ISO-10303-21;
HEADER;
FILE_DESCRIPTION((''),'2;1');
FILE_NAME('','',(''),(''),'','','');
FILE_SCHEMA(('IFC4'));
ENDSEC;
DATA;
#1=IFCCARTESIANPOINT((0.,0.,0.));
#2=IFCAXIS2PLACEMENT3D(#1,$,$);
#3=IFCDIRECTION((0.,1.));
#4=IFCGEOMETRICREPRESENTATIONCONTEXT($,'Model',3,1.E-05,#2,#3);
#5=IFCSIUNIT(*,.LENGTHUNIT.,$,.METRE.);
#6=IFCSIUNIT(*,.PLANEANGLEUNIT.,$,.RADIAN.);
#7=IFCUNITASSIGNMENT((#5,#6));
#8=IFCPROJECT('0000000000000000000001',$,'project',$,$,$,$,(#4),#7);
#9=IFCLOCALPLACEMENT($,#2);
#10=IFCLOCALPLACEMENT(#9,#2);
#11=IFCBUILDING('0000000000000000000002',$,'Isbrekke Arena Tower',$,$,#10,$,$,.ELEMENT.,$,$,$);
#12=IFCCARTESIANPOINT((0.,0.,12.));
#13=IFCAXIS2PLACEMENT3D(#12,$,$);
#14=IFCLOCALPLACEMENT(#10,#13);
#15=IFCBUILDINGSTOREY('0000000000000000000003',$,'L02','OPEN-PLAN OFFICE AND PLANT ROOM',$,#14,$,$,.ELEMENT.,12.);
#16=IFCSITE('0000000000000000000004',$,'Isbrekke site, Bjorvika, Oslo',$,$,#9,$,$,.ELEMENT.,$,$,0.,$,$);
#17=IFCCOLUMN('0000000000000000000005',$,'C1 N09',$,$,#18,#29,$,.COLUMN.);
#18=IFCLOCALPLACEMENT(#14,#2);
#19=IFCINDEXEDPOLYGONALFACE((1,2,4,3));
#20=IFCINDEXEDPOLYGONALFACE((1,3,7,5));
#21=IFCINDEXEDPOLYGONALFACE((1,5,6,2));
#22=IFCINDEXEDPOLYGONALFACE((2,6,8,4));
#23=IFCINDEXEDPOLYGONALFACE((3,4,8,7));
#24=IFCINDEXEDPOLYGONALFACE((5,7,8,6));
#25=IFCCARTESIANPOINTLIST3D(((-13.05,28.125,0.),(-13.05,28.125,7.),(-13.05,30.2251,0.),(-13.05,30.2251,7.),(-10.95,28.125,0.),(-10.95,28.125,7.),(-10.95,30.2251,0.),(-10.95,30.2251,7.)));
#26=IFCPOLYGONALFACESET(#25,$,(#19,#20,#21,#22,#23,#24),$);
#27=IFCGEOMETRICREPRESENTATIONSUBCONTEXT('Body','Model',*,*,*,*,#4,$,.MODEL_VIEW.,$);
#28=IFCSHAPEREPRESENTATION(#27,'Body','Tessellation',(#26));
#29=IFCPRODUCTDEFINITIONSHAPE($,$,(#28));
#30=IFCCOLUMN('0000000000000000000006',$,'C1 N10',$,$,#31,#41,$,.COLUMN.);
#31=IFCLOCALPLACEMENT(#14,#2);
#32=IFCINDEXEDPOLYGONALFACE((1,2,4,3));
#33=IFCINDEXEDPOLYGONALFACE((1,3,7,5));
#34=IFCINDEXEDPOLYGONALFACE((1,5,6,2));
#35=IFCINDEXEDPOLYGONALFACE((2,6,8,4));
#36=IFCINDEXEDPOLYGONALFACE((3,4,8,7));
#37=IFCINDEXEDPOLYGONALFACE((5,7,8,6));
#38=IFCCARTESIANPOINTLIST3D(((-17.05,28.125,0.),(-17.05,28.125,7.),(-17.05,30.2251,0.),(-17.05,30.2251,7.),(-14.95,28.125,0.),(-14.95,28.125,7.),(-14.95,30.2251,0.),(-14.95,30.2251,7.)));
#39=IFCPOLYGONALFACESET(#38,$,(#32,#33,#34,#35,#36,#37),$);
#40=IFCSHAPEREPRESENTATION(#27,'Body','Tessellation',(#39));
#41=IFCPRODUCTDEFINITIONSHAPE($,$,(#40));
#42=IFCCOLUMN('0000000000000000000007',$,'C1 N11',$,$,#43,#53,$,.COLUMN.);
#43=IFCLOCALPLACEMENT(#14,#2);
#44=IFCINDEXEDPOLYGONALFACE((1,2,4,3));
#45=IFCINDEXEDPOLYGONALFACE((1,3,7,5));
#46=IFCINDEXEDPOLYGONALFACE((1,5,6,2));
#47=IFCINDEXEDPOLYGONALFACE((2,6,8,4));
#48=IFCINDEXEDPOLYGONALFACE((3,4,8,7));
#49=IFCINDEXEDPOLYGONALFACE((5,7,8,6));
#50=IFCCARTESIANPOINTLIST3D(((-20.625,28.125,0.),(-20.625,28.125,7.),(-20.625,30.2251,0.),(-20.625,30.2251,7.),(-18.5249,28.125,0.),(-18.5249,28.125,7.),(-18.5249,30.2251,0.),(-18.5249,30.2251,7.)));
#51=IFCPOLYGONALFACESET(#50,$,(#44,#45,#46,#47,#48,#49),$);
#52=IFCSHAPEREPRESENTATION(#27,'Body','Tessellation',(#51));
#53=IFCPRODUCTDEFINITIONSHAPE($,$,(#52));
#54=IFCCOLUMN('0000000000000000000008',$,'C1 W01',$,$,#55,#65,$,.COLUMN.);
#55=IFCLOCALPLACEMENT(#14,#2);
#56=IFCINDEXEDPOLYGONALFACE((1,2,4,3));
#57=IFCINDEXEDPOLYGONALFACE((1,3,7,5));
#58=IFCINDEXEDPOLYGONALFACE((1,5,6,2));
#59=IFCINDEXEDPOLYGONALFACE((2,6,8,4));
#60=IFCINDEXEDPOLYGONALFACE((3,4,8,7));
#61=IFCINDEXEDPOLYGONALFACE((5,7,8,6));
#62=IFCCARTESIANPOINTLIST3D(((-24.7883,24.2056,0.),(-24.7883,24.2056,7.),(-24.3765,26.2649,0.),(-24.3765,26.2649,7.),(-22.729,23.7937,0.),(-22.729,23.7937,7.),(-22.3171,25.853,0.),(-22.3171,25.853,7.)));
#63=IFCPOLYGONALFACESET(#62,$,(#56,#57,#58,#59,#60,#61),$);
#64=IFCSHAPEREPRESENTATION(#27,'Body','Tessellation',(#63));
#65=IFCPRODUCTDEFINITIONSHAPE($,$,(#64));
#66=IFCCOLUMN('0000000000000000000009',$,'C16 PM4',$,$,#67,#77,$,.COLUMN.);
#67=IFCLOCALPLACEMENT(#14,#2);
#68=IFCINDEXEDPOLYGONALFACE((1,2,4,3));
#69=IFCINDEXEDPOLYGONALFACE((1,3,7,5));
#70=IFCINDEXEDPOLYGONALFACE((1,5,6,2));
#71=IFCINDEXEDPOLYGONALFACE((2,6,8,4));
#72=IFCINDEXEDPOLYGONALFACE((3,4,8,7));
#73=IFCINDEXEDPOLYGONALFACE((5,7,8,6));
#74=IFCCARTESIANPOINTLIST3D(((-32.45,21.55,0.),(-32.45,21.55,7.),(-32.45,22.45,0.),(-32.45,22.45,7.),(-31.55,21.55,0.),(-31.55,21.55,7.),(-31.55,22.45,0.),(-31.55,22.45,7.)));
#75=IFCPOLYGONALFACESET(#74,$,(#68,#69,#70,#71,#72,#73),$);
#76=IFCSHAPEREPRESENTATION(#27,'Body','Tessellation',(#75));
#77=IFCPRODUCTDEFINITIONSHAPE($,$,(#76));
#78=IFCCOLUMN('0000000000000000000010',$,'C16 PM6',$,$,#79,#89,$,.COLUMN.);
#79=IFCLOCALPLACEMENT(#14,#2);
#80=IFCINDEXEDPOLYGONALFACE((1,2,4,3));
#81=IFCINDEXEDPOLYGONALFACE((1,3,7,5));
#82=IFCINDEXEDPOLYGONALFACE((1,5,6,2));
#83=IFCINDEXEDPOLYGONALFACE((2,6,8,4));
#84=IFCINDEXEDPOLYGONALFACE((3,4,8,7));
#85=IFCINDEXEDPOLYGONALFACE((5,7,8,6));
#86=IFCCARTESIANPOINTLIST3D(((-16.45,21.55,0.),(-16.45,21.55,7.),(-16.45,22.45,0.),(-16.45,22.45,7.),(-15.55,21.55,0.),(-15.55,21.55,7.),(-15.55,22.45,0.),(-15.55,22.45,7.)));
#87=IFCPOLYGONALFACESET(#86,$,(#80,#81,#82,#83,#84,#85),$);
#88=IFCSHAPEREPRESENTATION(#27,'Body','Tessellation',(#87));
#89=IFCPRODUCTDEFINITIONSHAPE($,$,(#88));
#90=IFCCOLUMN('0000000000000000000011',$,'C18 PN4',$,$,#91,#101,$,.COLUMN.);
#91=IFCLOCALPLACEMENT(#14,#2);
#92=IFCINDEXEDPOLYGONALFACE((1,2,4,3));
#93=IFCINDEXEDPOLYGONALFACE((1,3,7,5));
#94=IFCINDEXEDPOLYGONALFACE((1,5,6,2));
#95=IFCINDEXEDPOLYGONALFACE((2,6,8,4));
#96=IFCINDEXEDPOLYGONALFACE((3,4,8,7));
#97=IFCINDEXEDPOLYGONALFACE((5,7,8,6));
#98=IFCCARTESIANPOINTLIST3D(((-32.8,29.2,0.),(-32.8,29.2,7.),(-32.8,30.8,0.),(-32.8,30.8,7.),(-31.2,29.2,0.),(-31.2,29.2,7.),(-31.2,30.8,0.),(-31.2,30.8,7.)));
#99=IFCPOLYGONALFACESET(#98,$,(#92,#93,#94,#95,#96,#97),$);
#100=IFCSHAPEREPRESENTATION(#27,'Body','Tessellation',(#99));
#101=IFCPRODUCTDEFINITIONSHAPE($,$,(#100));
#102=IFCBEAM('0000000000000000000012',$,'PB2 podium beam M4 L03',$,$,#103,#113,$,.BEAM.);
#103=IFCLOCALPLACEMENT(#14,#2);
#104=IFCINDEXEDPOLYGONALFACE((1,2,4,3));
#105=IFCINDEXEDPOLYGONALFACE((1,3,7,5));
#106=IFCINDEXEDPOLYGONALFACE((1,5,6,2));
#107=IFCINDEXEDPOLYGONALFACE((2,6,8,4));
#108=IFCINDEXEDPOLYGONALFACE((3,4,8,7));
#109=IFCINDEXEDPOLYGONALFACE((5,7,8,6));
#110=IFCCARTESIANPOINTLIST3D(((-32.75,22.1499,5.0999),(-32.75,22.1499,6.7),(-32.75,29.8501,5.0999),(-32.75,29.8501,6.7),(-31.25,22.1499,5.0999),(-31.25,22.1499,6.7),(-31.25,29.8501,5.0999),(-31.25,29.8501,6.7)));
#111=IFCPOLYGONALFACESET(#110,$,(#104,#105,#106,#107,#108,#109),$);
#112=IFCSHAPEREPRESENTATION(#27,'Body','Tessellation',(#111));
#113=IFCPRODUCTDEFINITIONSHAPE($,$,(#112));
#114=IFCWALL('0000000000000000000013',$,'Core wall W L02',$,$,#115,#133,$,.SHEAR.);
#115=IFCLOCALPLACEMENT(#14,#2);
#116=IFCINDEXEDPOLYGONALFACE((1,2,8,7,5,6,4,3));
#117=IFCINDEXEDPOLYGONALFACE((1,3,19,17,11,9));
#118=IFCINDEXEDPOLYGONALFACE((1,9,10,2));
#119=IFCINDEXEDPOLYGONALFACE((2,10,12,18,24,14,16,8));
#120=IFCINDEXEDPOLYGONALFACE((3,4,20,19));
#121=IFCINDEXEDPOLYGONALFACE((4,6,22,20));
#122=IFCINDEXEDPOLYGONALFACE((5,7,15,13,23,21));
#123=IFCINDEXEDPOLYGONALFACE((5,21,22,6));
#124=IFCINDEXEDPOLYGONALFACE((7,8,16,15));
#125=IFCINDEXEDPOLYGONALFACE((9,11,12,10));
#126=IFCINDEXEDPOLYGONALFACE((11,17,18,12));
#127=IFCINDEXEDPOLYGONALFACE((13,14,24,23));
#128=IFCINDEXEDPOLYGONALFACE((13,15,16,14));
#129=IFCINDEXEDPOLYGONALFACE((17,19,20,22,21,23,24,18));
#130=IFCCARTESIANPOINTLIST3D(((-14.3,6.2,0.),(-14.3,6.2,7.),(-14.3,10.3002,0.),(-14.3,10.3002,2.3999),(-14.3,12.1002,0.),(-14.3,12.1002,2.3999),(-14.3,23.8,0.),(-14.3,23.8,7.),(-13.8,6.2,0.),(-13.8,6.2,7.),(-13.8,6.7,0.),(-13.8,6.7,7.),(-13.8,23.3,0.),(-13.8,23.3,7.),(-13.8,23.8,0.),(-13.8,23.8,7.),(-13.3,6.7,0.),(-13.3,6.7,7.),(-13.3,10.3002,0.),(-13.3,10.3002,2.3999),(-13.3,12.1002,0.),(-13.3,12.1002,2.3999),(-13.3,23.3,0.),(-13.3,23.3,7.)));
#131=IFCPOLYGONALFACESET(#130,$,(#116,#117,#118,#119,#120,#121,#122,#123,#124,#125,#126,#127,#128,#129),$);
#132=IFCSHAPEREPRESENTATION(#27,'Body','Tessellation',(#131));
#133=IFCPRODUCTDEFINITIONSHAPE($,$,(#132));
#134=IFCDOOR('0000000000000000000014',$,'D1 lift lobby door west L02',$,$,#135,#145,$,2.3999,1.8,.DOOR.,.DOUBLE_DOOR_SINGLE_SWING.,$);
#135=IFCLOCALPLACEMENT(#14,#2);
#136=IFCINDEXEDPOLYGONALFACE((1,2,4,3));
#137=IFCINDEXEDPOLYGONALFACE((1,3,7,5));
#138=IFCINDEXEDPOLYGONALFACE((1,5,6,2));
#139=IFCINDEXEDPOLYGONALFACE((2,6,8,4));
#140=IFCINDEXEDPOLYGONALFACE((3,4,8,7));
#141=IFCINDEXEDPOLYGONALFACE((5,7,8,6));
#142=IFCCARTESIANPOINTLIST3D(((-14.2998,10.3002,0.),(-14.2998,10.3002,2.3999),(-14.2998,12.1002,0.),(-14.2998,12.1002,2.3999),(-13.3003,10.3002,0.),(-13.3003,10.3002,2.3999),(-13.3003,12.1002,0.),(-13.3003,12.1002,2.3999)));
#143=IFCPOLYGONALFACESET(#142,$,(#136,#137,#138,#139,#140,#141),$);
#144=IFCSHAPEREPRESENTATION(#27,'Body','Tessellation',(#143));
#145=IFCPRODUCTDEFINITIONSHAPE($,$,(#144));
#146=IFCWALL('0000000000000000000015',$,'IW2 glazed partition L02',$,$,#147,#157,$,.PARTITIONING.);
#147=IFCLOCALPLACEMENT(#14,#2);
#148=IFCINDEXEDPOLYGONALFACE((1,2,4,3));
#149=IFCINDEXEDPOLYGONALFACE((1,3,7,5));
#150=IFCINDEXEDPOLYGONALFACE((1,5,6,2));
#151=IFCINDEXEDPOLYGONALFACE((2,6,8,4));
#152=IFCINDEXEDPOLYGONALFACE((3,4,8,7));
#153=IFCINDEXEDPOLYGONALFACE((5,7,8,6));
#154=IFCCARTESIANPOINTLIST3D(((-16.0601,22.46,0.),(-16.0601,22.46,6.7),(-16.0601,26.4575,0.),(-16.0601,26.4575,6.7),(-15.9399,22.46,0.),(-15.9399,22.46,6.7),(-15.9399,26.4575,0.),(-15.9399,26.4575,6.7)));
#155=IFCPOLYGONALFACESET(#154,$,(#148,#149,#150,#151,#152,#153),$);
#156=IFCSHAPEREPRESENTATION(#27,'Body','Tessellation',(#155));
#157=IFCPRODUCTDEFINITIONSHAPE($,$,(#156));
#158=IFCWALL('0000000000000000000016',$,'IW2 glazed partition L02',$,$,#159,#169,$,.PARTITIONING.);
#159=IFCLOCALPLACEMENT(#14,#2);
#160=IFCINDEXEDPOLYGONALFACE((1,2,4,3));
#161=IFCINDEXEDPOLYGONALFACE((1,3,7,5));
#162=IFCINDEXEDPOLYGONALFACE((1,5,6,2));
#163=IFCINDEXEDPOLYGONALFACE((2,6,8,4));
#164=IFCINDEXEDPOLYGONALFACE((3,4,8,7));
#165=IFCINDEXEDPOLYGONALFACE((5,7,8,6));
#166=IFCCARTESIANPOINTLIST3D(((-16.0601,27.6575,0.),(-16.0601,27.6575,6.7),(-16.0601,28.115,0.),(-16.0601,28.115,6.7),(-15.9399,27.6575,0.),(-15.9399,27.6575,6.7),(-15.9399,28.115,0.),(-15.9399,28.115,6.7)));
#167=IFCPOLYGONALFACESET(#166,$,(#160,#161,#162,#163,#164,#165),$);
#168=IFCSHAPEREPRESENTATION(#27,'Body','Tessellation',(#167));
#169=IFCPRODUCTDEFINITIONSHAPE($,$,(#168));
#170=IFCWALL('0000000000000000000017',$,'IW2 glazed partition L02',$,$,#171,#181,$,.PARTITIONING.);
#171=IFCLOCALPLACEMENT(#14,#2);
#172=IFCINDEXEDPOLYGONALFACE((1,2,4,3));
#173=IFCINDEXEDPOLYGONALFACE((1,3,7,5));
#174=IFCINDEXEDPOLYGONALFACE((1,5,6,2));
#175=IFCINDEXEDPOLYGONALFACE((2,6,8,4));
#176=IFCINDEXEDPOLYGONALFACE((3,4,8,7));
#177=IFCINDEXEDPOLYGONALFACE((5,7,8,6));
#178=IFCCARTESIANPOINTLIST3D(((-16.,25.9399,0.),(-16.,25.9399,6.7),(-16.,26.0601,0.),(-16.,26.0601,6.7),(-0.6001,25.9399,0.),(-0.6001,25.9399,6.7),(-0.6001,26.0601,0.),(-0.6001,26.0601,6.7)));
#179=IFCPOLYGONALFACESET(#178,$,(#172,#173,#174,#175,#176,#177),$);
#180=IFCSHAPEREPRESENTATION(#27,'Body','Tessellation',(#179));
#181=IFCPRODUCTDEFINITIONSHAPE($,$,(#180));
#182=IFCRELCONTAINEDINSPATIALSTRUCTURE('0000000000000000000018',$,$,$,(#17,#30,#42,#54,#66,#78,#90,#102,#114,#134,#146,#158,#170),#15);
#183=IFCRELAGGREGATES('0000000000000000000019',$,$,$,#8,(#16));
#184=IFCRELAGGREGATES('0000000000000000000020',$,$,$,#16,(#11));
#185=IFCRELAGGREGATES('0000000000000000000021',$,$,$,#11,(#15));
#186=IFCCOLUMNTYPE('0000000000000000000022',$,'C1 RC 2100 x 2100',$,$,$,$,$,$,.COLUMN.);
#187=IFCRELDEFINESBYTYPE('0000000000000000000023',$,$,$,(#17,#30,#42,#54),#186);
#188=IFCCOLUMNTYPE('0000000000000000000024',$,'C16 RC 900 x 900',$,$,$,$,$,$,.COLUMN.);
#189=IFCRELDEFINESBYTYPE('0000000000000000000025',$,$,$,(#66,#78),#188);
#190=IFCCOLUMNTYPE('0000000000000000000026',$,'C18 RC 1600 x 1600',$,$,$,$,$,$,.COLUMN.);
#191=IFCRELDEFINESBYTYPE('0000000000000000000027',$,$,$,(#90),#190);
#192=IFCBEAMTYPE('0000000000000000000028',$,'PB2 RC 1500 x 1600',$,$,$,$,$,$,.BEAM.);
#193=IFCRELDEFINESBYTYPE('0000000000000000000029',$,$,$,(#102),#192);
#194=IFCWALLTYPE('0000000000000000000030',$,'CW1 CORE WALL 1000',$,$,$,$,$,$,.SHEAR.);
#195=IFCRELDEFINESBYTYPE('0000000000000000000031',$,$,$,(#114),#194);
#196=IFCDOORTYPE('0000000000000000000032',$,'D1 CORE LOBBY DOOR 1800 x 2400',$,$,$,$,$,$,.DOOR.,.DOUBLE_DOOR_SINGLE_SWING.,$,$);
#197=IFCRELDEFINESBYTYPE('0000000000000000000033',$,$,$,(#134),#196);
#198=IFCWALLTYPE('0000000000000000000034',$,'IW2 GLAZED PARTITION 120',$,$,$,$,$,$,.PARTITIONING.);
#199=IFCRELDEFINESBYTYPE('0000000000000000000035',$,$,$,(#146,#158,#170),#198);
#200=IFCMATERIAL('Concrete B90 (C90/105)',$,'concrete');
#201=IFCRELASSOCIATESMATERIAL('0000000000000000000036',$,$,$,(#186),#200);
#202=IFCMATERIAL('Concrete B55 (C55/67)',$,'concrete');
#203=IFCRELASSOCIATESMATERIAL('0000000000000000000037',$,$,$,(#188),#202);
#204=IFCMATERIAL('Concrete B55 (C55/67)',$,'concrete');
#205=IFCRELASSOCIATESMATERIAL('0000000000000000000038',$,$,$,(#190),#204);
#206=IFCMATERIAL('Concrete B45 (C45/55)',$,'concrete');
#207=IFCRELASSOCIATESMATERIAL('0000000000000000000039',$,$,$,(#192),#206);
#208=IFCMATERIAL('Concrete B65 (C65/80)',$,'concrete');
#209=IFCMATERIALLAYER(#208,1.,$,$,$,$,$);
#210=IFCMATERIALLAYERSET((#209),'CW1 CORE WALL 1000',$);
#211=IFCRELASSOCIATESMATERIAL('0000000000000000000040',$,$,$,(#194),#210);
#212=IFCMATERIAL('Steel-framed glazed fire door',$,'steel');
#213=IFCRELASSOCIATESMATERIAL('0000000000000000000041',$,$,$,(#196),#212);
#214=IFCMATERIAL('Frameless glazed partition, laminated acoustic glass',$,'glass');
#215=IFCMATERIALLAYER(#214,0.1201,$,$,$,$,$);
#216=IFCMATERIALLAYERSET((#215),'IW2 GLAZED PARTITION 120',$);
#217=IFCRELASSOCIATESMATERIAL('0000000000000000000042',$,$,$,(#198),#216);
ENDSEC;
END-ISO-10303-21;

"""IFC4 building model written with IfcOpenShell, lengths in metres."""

from ifc_helpers import new_model, si_unit, direction, frame, frame_2d, origin, origin_2d, place, context, subcontext, project, spatial, polyline, rectangle, outline, extrude, material, layer, layer_set, material_profile, profile_set, type_object, element, fill, save


model = new_model("IFC4")

# Units and contexts
model_context = context("Model", 3, precision=1e-05, world=origin(), true_north=direction((0.0, 1.0)))
body_context = subcontext(model_context, "Body", "Model", "MODEL_VIEW")
ifc_project = project(units=[si_unit("LENGTHUNIT", "METRE"), si_unit("PLANEANGLEUNIT", "RADIAN")], contexts=[model_context])

# Site, building, storey
site_placement = place(None, origin())
site = spatial("IfcSite", under=ifc_project, at=site_placement, Name="Isbrekke site, Bjorvika, Oslo", CompositionType="ELEMENT", RefElevation=0.0)
building_placement = place(site_placement, origin())
building = spatial("IfcBuilding", under=site, at=building_placement, Name="Isbrekke Arena Tower", CompositionType="ELEMENT")
storey_placement = place(building_placement, frame((0.0, 0.0, 12.0)))
storey = spatial("IfcBuildingStorey", under=building, at=storey_placement, Name="L02", Description="OPEN-PLAN OFFICE AND PLANT ROOM", CompositionType="ELEMENT", Elevation=12.0)

# Columns
ifc_material_1 = material(Name="Concrete B90 (C90/105)", Category="concrete")
ifc_material_profile_1 = material_profile(ifc_material_1, rectangle(XDim=2.1001, YDim=2.1001, at=origin_2d()), Name="RC 2100x2100")
ifc_profile_set_1 = profile_set([ifc_material_profile_1], Name="Concrete B90 (C90/105)")
column_type_1 = type_object("IfcColumnType", Name="C1 RC 2100 x 2100", PredefinedType="COLUMN", material=ifc_profile_set_1)
for number, where, z_axis, x_axis, name in (
    (1, (-12.0, 29.175, 0.0), (0.0, 0.0, 1.0), (-1.0, 0.0, 0.0), "C1 N09"),
    (2, (-16.0, 29.175, 0.0), (0.0, 0.0, 1.0), (-1.0, 0.0, 0.0), "C1 N10"),
    (3, (-19.575, 29.175, 0.0), (0.0, 0.0, 1.0), (-1.0, 0.0, 0.0), "C1 N11"),
    (4, (-23.5527, 25.0293, 0.0), (0.0, 0.0, 1.0), (-0.196116, -0.980581, 0.0), "C1 W01"),
):
    element("IfcColumn", number, at=place(storey_placement, frame(where, z_axis=z_axis, x_axis=x_axis)), inside=storey, type_object=column_type_1, Name=name, PredefinedType="COLUMN", context=body_context, shape_type="SweptSolid", body=[
        extrude(rectangle(XDim=2.1001, YDim=2.1001, at=origin_2d()), origin(), (0.0, 0.0, 1.0), 7.0),
    ])
ifc_material_2 = material(Name="Concrete B55 (C55/67)", Category="concrete")
ifc_material_profile_2 = material_profile(ifc_material_2, rectangle(XDim=0.8999, YDim=0.8999, at=origin_2d()), Name="RC 900x900")
ifc_profile_set_2 = profile_set([ifc_material_profile_2], Name="Concrete B55 (C55/67)")
column_type_2 = type_object("IfcColumnType", Name="C16 RC 900 x 900", PredefinedType="COLUMN", material=ifc_profile_set_2)
for number, where, z_axis, x_axis, name in (
    (5, (-32.0, 22.0, 0.0), (0.0, 0.0, 1.0), (1.0, 0.0, 0.0), "C16 PM4"),
    (6, (-16.0, 22.0, 0.0), (0.0, 0.0, 1.0), (1.0, 0.0, 0.0), "C16 PM6"),
):
    element("IfcColumn", number, at=place(storey_placement, frame(where, z_axis=z_axis, x_axis=x_axis)), inside=storey, type_object=column_type_2, Name=name, PredefinedType="COLUMN", context=body_context, shape_type="SweptSolid", body=[
        extrude(rectangle(XDim=0.8999, YDim=0.8999, at=origin_2d()), origin(), (0.0, 0.0, 1.0), 7.0),
    ])
ifc_material_3 = material(Name="Concrete B55 (C55/67)", Category="concrete")
ifc_material_profile_3 = material_profile(ifc_material_3, rectangle(XDim=1.6001, YDim=1.6001, at=origin_2d()), Name="RC 1600x1600")
ifc_profile_set_3 = profile_set([ifc_material_profile_3], Name="Concrete B55 (C55/67)")
column_type_3 = type_object("IfcColumnType", Name="C18 RC 1600 x 1600", PredefinedType="COLUMN", material=ifc_profile_set_3)
column_placement = place(storey_placement, frame((-32.0, 30.0, 0.0), z_axis=(0.0, 0.0, 1.0), x_axis=(1.0, 0.0, 0.0)))
element("IfcColumn", 7, at=column_placement, inside=storey, type_object=column_type_3, Name="C18 PN4", PredefinedType="COLUMN", context=body_context, shape_type="SweptSolid", body=[
    extrude(rectangle(XDim=1.6001, YDim=1.6001, at=origin_2d()), origin(), (0.0, 0.0, 1.0), 7.0),
])

# Beam
ifc_material_4 = material(Name="Concrete B45 (C45/55)", Category="concrete")
ifc_material_profile_4 = material_profile(ifc_material_4, rectangle(XDim=1.5, YDim=1.6001, at=origin_2d()), Name="RC 1500x1600")
ifc_profile_set_4 = profile_set([ifc_material_profile_4], Name="Concrete B45 (C45/55)")
beam_type = type_object("IfcBeamType", Name="PB2 RC 1500 x 1600", PredefinedType="BEAM", material=ifc_profile_set_4)
beam_placement = place(storey_placement, frame((-32.0, 22.1499, 5.8999), z_axis=(0.0, 1.0, 0.0), x_axis=(-1.0, 0.0, 0.0)))
element("IfcBeam", 8, at=beam_placement, inside=storey, type_object=beam_type, Name="PB2 podium beam M4 L03", PredefinedType="BEAM", context=body_context, shape_type="SweptSolid", body=[
    extrude(rectangle(XDim=1.5, YDim=1.6001, at=origin_2d()), origin(), (0.0, 0.0, 1.0), 7.7002),
])

# Wall, opening, door
ifc_material_5 = material(Name="Concrete B65 (C65/80)", Category="concrete")
ifc_layer_1 = layer(ifc_material_5, 1.0)
ifc_layer_set_1 = layer_set([ifc_layer_1], Name="CW1 CORE WALL 1000")
wall_type_1 = type_object("IfcWallType", Name="CW1 CORE WALL 1000", PredefinedType="SHEAR", material=ifc_layer_set_1)
wall_1_placement = place(storey_placement, frame((-13.8, 23.8, 0.0), z_axis=(0.0, 0.0, 1.0), x_axis=(0.0, -1.0, 0.0)))
wall_1 = element("IfcWall", 9, at=wall_1_placement, inside=storey, type_object=wall_type_1, Name="Core wall W L02", PredefinedType="SHEAR", context=body_context, shape_type="SweptSolid", body=[
    extrude(outline(polyline([(0.0, -0.5), (17.6001, -0.5), (17.6001, 0.0), (17.1001, 0.0), (17.1001, 0.5), (0.5, 0.5), (0.5, 0.0), (0.0, 0.0), (0.0, -0.5)])), origin(), (0.0, 0.0, 1.0), 7.0),
])
opening_placement = place(wall_1_placement, frame((11.7, 0.0, 0.0)))
opening = element("IfcOpeningElement", 10, at=opening_placement, cuts=wall_1, PredefinedType="OPENING", context=body_context, shape_type="SweptSolid", body=[
    extrude(rectangle(XDim=1.8, YDim=2.3999, at=frame_2d((0.8999, 1.2))), frame((0.0, 0.5149, 0.0), z_axis=(0.0, -1.0, 0.0), x_axis=(1.0, 0.0, 0.0)), (0.0, 0.0, 1.0), 1.0298),
])
ifc_material_6 = material(Name="Steel-framed glazed fire door", Category="steel")
door_type = type_object("IfcDoorType", Name="D1 CORE LOBBY DOOR 1800 x 2400", OperationType="DOUBLE_DOOR_SINGLE_SWING", PredefinedType="DOOR", material=ifc_material_6)
door_placement = place(opening_placement, origin())
door = element("IfcDoor", 11, at=door_placement, inside=storey, type_object=door_type, Name="D1 lift lobby door west L02", OperationType="DOUBLE_DOOR_SINGLE_SWING", OverallHeight=2.3999, OverallWidth=1.8, PredefinedType="DOOR", context=body_context, shape_type="SweptSolid", body=[
    extrude(rectangle(XDim=1.8, YDim=2.3999, at=frame_2d((0.8999, 1.2))), frame((0.0, 0.4998, 0.0), z_axis=(0.0, -1.0, 0.0), x_axis=(1.0, 0.0, 0.0)), (0.0, 0.0, 1.0), 0.9995),
])
fill(opening, door)

# Walls
ifc_material_7 = material(Name="Frameless glazed partition, laminated acoustic glass", Category="glass")
ifc_layer_2 = layer(ifc_material_7, 0.1201)
ifc_layer_set_2 = layer_set([ifc_layer_2], Name="IW2 GLAZED PARTITION 120")
wall_type_2 = type_object("IfcWallType", Name="IW2 GLAZED PARTITION 120", PredefinedType="PARTITIONING", material=ifc_layer_set_2)
wall_2_placement = place(storey_placement, frame((-16.0, 22.46, 0.0), z_axis=(0.0, 0.0, 1.0), x_axis=(0.0, 1.0, 0.0)))
element("IfcWall", 12, at=wall_2_placement, inside=storey, type_object=wall_type_2, Name="IW2 glazed partition L02", PredefinedType="PARTITIONING", context=body_context, shape_type="SweptSolid", body=[
    extrude(rectangle(XDim=3.9976, YDim=0.1201, at=frame_2d((1.9988, 0.0))), origin(), (0.0, 0.0, 1.0), 6.7),
])
wall_3_placement = place(storey_placement, frame((-16.0, 27.6575, 0.0), z_axis=(0.0, 0.0, 1.0), x_axis=(0.0, 1.0, 0.0)))
element("IfcWall", 13, at=wall_3_placement, inside=storey, type_object=wall_type_2, Name="IW2 glazed partition L02", PredefinedType="PARTITIONING", context=body_context, shape_type="SweptSolid", body=[
    extrude(rectangle(XDim=0.4575, YDim=0.1201, at=frame_2d((0.2288, 0.0))), origin(), (0.0, 0.0, 1.0), 6.7),
])
wall_4_placement = place(storey_placement, frame((-16.0, 26.0, 0.0), z_axis=(0.0, 0.0, 1.0), x_axis=(1.0, 0.0, 0.0)))
element("IfcWall", 14, at=wall_4_placement, inside=storey, type_object=wall_type_2, Name="IW2 glazed partition L02", PredefinedType="PARTITIONING", context=body_context, shape_type="SweptSolid", body=[
    extrude(rectangle(XDim=15.3999, YDim=0.1201, at=frame_2d((7.7, 0.0))), origin(), (0.0, 0.0, 1.0), 6.7),
])

save(model, "model.ifc")
